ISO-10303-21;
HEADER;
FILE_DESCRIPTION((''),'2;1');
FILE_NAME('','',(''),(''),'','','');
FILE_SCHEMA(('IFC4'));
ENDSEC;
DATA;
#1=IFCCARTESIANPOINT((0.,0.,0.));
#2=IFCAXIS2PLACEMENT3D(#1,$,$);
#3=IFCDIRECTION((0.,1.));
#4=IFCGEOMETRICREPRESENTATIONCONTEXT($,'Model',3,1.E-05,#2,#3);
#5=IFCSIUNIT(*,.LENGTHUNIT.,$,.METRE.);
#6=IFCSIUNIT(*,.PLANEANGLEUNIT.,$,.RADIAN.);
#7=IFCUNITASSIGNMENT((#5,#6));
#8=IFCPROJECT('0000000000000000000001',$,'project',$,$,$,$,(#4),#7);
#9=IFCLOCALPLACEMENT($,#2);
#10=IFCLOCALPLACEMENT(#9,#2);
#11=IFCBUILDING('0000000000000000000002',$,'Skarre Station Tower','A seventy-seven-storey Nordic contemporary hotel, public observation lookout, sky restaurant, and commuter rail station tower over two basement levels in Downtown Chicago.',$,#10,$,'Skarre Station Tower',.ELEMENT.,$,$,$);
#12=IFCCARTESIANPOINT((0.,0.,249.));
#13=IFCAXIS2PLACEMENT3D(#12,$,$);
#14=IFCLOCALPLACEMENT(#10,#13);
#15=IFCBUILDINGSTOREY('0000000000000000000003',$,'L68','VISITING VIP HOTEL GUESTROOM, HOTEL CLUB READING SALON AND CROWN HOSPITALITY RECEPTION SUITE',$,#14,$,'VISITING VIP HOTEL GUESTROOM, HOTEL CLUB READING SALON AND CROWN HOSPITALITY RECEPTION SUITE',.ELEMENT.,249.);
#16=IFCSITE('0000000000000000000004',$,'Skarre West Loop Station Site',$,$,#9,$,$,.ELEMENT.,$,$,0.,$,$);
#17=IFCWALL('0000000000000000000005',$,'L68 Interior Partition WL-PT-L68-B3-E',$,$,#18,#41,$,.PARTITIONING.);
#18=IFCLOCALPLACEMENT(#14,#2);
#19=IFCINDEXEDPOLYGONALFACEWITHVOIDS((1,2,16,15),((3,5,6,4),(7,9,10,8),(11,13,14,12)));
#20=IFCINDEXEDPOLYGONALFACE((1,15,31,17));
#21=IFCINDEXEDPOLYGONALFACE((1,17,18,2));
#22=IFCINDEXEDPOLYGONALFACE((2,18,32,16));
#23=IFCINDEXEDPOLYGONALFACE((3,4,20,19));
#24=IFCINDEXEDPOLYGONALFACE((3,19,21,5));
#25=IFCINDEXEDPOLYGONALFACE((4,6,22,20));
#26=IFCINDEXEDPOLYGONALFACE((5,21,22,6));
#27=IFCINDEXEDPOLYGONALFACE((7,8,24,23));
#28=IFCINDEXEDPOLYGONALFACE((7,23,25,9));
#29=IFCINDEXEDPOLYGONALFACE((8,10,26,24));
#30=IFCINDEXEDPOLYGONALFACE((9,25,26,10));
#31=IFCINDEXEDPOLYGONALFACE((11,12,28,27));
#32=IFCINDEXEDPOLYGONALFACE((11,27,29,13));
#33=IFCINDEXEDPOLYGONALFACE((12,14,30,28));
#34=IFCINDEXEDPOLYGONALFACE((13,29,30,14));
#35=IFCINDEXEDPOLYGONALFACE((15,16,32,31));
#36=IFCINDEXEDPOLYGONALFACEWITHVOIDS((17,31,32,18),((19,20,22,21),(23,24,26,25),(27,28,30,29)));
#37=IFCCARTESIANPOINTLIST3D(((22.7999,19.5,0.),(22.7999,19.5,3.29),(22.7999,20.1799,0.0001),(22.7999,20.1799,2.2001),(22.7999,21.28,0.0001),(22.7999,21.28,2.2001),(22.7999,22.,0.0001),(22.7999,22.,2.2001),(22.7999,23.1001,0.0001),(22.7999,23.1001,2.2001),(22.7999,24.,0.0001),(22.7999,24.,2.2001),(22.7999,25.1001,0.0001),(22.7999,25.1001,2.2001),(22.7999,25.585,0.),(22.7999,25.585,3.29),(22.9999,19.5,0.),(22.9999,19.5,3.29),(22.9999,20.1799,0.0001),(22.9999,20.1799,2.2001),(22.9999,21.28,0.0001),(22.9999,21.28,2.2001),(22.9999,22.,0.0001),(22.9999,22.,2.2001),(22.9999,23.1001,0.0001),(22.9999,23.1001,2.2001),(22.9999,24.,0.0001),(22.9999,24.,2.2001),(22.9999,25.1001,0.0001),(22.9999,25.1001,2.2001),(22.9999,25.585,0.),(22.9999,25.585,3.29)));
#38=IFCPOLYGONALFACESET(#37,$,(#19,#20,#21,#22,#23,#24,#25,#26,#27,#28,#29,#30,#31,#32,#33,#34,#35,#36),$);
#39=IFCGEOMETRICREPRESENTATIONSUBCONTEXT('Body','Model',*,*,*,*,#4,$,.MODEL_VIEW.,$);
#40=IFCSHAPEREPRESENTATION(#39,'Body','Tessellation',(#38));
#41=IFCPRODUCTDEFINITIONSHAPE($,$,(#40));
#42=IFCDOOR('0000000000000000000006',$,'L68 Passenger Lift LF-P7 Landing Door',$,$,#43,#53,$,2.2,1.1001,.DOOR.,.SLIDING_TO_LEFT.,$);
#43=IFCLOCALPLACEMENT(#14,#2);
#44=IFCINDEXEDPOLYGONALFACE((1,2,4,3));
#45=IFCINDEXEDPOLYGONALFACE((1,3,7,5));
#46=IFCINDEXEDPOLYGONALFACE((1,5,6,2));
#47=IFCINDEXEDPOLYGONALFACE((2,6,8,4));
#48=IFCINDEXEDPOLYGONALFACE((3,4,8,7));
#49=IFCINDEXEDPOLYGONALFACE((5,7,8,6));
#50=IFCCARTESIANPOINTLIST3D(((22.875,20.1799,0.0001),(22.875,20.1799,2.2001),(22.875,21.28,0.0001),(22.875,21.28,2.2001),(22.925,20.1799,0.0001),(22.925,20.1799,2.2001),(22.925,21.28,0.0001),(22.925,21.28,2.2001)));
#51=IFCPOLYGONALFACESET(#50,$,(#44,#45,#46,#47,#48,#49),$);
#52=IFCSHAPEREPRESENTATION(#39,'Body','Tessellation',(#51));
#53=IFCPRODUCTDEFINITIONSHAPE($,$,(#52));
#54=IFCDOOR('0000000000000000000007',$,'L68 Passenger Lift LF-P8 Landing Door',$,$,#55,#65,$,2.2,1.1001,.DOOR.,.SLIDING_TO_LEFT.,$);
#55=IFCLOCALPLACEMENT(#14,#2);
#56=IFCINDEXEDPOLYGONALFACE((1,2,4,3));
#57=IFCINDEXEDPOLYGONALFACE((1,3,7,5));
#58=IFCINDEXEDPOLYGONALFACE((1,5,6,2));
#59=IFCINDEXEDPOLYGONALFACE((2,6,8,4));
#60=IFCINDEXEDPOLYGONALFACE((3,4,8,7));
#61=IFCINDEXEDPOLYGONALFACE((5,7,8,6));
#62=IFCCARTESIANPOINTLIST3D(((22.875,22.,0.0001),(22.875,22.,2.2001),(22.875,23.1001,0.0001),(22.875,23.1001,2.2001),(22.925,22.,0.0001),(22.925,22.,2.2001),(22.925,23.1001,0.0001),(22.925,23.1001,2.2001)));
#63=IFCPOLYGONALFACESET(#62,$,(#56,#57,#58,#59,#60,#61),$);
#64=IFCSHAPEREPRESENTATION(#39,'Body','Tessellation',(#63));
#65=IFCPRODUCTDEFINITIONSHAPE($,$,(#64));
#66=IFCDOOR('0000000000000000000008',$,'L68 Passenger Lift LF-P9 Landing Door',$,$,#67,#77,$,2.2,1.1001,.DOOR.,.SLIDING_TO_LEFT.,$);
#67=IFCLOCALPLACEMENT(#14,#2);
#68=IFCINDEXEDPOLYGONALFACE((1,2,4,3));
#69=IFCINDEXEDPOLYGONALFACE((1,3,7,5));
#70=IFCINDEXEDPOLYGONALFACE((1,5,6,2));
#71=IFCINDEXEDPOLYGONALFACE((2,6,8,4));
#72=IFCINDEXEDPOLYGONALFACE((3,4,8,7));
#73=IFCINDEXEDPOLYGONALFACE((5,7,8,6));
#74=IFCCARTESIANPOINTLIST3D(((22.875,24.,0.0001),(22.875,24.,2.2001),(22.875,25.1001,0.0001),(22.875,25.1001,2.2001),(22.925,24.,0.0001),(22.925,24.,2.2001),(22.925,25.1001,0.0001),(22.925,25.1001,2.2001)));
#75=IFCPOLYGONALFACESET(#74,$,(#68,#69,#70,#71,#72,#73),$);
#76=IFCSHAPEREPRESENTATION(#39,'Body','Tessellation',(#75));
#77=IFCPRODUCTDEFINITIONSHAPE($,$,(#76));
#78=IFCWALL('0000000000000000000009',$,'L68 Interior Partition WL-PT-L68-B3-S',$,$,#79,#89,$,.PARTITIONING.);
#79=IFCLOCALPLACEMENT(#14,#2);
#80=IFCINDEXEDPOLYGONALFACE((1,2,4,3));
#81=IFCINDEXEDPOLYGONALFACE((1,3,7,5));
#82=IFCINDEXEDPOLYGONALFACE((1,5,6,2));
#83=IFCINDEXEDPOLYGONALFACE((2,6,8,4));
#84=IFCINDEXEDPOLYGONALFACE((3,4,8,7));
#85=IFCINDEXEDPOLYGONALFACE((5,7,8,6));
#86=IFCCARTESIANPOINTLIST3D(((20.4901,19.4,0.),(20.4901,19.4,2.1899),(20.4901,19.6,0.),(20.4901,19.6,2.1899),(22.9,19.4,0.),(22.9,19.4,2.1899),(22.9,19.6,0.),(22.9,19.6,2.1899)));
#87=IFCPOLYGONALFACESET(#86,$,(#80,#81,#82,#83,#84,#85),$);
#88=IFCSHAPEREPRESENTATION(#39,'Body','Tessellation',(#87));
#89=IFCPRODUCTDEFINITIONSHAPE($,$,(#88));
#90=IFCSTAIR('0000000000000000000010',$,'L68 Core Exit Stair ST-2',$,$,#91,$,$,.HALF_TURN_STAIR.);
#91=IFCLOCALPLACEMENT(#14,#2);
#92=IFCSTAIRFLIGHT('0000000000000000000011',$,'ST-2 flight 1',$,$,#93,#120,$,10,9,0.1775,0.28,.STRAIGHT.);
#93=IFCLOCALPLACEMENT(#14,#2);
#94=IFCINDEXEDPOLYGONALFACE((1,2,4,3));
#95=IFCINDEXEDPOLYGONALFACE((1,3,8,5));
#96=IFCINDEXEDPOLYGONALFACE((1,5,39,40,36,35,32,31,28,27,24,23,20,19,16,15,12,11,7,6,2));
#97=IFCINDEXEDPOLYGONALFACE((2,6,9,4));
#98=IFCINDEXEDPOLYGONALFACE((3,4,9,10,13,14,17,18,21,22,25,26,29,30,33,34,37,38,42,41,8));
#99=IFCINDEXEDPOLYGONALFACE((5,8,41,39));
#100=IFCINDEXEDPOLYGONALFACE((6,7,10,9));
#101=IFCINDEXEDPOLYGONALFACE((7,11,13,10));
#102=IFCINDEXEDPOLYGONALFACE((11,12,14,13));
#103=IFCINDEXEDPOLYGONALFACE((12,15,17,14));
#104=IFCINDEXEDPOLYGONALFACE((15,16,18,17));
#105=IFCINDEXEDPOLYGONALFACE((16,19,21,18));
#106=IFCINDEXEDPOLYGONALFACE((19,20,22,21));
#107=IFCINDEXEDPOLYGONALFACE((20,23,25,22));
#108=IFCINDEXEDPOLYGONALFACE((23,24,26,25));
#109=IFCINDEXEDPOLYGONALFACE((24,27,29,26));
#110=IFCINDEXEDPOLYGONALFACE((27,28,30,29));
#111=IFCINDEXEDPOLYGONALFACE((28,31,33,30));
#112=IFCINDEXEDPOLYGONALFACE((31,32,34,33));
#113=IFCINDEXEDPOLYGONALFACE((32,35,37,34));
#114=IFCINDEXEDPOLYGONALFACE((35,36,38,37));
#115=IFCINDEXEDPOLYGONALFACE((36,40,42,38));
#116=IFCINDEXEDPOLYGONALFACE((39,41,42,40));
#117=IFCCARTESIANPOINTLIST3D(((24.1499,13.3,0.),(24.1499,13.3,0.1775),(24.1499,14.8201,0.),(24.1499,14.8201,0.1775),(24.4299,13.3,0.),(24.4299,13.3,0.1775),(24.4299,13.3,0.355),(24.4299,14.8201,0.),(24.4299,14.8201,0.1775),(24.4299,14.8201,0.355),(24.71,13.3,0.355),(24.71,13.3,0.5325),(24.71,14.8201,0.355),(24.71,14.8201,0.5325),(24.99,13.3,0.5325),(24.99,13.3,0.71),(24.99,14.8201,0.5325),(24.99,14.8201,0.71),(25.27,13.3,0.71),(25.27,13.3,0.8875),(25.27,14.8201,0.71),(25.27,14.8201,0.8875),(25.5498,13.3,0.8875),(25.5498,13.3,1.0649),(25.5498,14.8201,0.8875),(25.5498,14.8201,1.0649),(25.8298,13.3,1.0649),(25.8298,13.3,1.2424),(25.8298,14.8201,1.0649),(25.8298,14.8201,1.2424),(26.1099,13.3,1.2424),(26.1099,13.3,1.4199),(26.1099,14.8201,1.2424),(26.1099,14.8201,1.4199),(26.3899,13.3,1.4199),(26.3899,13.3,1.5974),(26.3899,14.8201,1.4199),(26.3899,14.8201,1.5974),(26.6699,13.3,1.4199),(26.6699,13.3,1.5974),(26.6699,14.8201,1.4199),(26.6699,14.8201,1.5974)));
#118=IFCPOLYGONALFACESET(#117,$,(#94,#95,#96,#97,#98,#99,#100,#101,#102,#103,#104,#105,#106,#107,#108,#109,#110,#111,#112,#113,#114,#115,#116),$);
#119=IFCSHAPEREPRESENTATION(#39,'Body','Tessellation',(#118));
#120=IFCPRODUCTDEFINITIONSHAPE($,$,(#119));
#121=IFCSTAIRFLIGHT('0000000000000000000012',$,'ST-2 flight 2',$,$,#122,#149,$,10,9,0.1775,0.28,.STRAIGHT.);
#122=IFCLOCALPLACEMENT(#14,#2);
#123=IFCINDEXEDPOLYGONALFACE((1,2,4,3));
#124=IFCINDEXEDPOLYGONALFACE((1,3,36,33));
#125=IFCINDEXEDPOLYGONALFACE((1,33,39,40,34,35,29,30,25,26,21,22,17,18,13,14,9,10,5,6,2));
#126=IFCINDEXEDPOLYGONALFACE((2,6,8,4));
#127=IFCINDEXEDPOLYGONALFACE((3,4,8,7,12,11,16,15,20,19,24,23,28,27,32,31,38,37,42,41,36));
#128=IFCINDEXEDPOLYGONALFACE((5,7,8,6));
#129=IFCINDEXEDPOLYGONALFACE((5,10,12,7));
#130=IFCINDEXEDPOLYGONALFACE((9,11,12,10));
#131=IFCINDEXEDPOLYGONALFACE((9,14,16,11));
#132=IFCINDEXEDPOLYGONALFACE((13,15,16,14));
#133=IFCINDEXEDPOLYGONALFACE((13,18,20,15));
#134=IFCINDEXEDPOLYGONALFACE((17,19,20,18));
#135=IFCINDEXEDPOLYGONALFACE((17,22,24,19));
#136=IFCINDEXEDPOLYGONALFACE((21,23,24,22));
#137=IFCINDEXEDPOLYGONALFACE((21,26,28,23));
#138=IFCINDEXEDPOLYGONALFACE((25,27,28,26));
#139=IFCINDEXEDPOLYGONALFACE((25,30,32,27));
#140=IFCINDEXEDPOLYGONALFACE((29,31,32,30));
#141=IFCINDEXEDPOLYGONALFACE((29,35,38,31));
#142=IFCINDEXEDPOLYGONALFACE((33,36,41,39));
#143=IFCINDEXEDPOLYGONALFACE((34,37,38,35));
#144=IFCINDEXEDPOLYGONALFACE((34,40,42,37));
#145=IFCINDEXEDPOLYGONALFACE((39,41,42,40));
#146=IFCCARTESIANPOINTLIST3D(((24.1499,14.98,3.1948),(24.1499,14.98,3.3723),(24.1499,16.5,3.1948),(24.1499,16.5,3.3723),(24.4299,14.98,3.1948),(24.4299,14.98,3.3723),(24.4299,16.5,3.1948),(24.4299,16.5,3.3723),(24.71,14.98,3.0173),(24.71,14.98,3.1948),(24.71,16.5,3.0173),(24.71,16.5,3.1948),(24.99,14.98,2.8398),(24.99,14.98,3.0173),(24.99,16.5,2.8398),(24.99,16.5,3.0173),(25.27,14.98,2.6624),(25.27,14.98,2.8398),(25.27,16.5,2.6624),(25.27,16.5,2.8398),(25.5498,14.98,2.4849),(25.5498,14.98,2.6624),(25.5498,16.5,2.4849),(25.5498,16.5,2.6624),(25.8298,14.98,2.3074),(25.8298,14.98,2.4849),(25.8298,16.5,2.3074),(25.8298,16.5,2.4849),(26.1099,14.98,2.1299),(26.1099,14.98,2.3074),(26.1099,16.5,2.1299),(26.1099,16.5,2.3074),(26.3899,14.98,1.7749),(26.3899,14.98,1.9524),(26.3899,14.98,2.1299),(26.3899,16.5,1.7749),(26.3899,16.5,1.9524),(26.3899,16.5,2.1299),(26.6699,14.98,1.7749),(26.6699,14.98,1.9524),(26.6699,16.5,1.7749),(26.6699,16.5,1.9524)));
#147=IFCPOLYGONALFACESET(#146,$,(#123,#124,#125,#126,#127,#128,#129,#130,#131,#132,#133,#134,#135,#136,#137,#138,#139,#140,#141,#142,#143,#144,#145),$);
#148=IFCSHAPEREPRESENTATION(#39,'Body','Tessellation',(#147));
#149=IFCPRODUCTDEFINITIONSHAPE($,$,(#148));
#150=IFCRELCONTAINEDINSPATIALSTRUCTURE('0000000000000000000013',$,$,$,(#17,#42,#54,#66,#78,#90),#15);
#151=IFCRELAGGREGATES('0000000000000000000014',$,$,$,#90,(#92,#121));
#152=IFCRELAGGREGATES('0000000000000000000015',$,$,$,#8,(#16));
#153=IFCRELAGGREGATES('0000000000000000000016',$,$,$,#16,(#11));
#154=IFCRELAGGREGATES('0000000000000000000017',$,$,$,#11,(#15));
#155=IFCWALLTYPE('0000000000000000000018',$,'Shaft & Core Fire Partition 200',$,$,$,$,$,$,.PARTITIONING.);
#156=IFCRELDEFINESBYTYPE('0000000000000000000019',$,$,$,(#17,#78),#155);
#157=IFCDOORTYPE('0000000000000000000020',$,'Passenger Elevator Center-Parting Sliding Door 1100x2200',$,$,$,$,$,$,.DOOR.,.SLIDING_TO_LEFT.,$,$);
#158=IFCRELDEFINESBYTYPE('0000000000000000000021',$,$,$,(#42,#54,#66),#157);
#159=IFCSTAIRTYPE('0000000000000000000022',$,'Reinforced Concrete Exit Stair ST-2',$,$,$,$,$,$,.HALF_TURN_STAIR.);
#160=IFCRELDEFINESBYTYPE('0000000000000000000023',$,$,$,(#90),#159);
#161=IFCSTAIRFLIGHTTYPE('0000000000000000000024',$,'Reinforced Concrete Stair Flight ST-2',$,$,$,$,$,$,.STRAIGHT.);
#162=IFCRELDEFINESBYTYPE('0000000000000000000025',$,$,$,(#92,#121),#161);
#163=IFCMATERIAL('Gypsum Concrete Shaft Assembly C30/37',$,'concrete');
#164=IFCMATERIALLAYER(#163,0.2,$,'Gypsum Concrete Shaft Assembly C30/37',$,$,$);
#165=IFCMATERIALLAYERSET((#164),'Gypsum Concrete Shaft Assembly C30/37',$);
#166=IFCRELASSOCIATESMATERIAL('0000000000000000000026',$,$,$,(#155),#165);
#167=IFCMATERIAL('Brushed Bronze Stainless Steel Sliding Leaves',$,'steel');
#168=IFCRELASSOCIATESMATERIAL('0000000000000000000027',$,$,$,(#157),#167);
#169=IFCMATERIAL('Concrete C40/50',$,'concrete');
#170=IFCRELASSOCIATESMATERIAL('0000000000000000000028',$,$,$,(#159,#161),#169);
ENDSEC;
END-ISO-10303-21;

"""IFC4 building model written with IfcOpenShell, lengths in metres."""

from ifc_helpers import new_model, si_unit, direction, frame, frame_2d, origin, place, context, subcontext, project, spatial, polyline, rectangle, outline, extrude, material, layer, layer_set, type_object, element, fill, aggregate, save


model = new_model("IFC4")

# Units and contexts
model_context = context("Model", 3, precision=1e-05, world=origin(), true_north=direction((0.0, 1.0)))
body_context = subcontext(model_context, "Body", "Model", "MODEL_VIEW")
ifc_project = project(units=[si_unit("LENGTHUNIT", "METRE"), si_unit("PLANEANGLEUNIT", "RADIAN")], contexts=[model_context])

# Site, building, storey
site_placement = place(None, origin())
site = spatial("IfcSite", under=ifc_project, at=site_placement, Name="Skarre West Loop Station Site", CompositionType="ELEMENT", RefElevation=0.0)
building_placement = place(site_placement, origin())
building = spatial("IfcBuilding", under=site, at=building_placement, Name="Skarre Station Tower", Description="A seventy-seven-storey Nordic contemporary hotel, public observation lookout, sky restaurant, and commuter rail station tower over two basement levels in Downtown Chicago.", LongName="Skarre Station Tower", CompositionType="ELEMENT")
storey_placement = place(building_placement, frame((0.0, 0.0, 249.0)))
storey = spatial("IfcBuildingStorey", under=building, at=storey_placement, Name="L68", Description="VISITING VIP HOTEL GUESTROOM, HOTEL CLUB READING SALON AND CROWN HOSPITALITY RECEPTION SUITE", LongName="VISITING VIP HOTEL GUESTROOM, HOTEL CLUB READING SALON AND CROWN HOSPITALITY RECEPTION SUITE", CompositionType="ELEMENT", Elevation=249.0)

# Wall, openings, doors
ifc_material_1 = material(Name="Gypsum Concrete Shaft Assembly C30/37", Category="concrete")
ifc_layer_1 = layer(ifc_material_1, 0.2, Name="Gypsum Concrete Shaft Assembly C30/37")
ifc_layer_set_1 = layer_set([ifc_layer_1], Name="Gypsum Concrete Shaft Assembly C30/37")
wall_type_1 = type_object("IfcWallType", Name="Shaft & Core Fire Partition 200", PredefinedType="PARTITIONING", material=ifc_layer_set_1)
wall_1_placement = place(storey_placement, frame((22.8999, 19.5, 0.0), z_axis=(0.0, 0.0, 1.0), x_axis=(0.0, 1.0, 0.0)))
wall_1 = element("IfcWall", 1, at=wall_1_placement, inside=storey, type_object=wall_type_1, Name="L68 Interior Partition WL-PT-L68-B3-E", PredefinedType="PARTITIONING", context=body_context, shape_type="SweptSolid", body=[
    extrude(rectangle(XDim=6.085, YDim=0.2, at=frame_2d((3.0425, 0.0))), origin(), (0.0, 0.0, 1.0), 3.29),
])
opening_1_placement = place(wall_1_placement, frame((0.6799, 0.0, 0.0)))
opening_1 = element("IfcOpeningElement", 2, at=opening_1_placement, cuts=wall_1, PredefinedType="OPENING", context=body_context, shape_type="SweptSolid", body=[
    extrude(rectangle(XDim=1.1001, YDim=2.2, at=frame_2d((0.55, 1.1001))), frame((0.0, 0.1099, 0.0), z_axis=(0.0, -1.0, 0.0), x_axis=(1.0, 0.0, 0.0)), (0.0, 0.0, 1.0), 0.22),
])
opening_2_placement = place(wall_1_placement, frame((2.5, 0.0, 0.0)))
opening_2 = element("IfcOpeningElement", 3, at=opening_2_placement, cuts=wall_1, PredefinedType="OPENING", context=body_context, shape_type="SweptSolid", body=[
    extrude(rectangle(XDim=1.1001, YDim=2.2, at=frame_2d((0.55, 1.1001))), frame((0.0, 0.1099, 0.0), z_axis=(0.0, -1.0, 0.0), x_axis=(1.0, 0.0, 0.0)), (0.0, 0.0, 1.0), 0.22),
])
opening_3_placement = place(wall_1_placement, frame((4.5, 0.0, 0.0)))
opening_3 = element("IfcOpeningElement", 4, at=opening_3_placement, cuts=wall_1, PredefinedType="OPENING", context=body_context, shape_type="SweptSolid", body=[
    extrude(rectangle(XDim=1.1001, YDim=2.2, at=frame_2d((0.55, 1.1001))), frame((0.0, 0.1099, 0.0), z_axis=(0.0, -1.0, 0.0), x_axis=(1.0, 0.0, 0.0)), (0.0, 0.0, 1.0), 0.22),
])
ifc_material_2 = material(Name="Brushed Bronze Stainless Steel Sliding Leaves", Category="steel")
door_type_1 = type_object("IfcDoorType", Name="Passenger Elevator Center-Parting Sliding Door 1100x2200", OperationType="SLIDING_TO_LEFT", PredefinedType="DOOR", material=ifc_material_2)
door_1_placement = place(opening_1_placement, origin())
door_1 = element("IfcDoor", 5, at=door_1_placement, inside=storey, type_object=door_type_1, Name="L68 Passenger Lift LF-P7 Landing Door", OperationType="SLIDING_TO_LEFT", OverallHeight=2.2, OverallWidth=1.1001, PredefinedType="DOOR", context=body_context, shape_type="SweptSolid", body=[
    extrude(rectangle(XDim=1.1001, YDim=2.2, at=frame_2d((0.55, 1.1001))), frame((0.0, 0.0249, 0.0), z_axis=(0.0, -1.0, 0.0), x_axis=(1.0, 0.0, 0.0)), (0.0, 0.0, 1.0), 0.05),
])
fill(opening_1, door_1)
door_2_placement = place(opening_2_placement, origin())
door_2 = element("IfcDoor", 6, at=door_2_placement, inside=storey, type_object=door_type_1, Name="L68 Passenger Lift LF-P8 Landing Door", OperationType="SLIDING_TO_LEFT", OverallHeight=2.2, OverallWidth=1.1001, PredefinedType="DOOR", context=body_context, shape_type="SweptSolid", body=[
    extrude(rectangle(XDim=1.1001, YDim=2.2, at=frame_2d((0.55, 1.1001))), frame((0.0, 0.0249, 0.0), z_axis=(0.0, -1.0, 0.0), x_axis=(1.0, 0.0, 0.0)), (0.0, 0.0, 1.0), 0.05),
])
fill(opening_2, door_2)
door_3_placement = place(opening_3_placement, origin())
door_3 = element("IfcDoor", 7, at=door_3_placement, inside=storey, type_object=door_type_1, Name="L68 Passenger Lift LF-P9 Landing Door", OperationType="SLIDING_TO_LEFT", OverallHeight=2.2, OverallWidth=1.1001, PredefinedType="DOOR", context=body_context, shape_type="SweptSolid", body=[
    extrude(rectangle(XDim=1.1001, YDim=2.2, at=frame_2d((0.55, 1.1001))), frame((0.0, 0.0249, 0.0), z_axis=(0.0, -1.0, 0.0), x_axis=(1.0, 0.0, 0.0)), (0.0, 0.0, 1.0), 0.05),
])
fill(opening_3, door_3)

# Wall
wall_2_placement = place(storey_placement, frame((20.49, 19.5, 0.0), z_axis=(0.0, 0.0, 1.0), x_axis=(1.0, 0.0, 0.0)))
element("IfcWall", 8, at=wall_2_placement, inside=storey, type_object=wall_type_1, Name="L68 Interior Partition WL-PT-L68-B3-S", PredefinedType="PARTITIONING", context=body_context, shape_type="SweptSolid", body=[
    extrude(rectangle(XDim=2.4099, YDim=0.2, at=frame_2d((1.2051, 0.0))), origin(), (0.0, 0.0, 1.0), 2.1899),
])

# Stair, stair flights
ifc_material_3 = material(Name="Concrete C40/50", Category="concrete")
stair_type = type_object("IfcStairType", Name="Reinforced Concrete Exit Stair ST-2", PredefinedType="HALF_TURN_STAIR", material=ifc_material_3)
stair_placement = place(storey_placement, origin())
stair = element("IfcStair", 9, at=stair_placement, inside=storey, type_object=stair_type, Name="L68 Core Exit Stair ST-2", PredefinedType="HALF_TURN_STAIR")
stair_flight_type = type_object("IfcStairFlightType", Name="Reinforced Concrete Stair Flight ST-2", PredefinedType="STRAIGHT", material=ifc_material_3)
stair_flight_1_placement = place(storey_placement, frame((24.1499, 14.0601, 0.0), z_axis=(0.0, 0.0, 1.0), x_axis=(1.0, 0.0, 0.0)))
stair_flight_1 = element("IfcStairFlight", 10, at=stair_flight_1_placement, type_object=stair_flight_type, Name="ST-2 flight 1", NumberOfRisers=10, NumberOfTreads=9, PredefinedType="STRAIGHT", RiserHeight=0.1775, TreadLength=0.28, context=body_context, shape_type="SweptSolid", body=[
    extrude(outline(polyline([(0.0, 0.0), (0.0, 0.1775), (0.28, 0.1775), (0.28, 0.355), (0.5601, 0.355), (0.5601, 0.5325), (0.8401, 0.5325), (0.8401, 0.71), (1.1201, 0.71), (1.1201, 0.8875), (1.3999, 0.8875), (1.3999, 1.0649), (1.6799, 1.0649), (1.6799, 1.2424), (1.96, 1.2424), (1.96, 1.4199), (2.24, 1.4199), (2.24, 1.5974), (2.52, 1.5974), (2.52, 1.7749), (2.52, 1.4199), (0.28, 0.0), (0.0, 0.0)])), frame((0.0, 0.76, 0.0), z_axis=(0.0, -1.0, 0.0), x_axis=(1.0, 0.0, 0.0)), (0.0, 0.0, 1.0), 1.52),
])
stair_flight_2_placement = place(storey_placement, frame((26.6699, 15.74, 1.7749), z_axis=(0.0, 0.0, 1.0), x_axis=(-1.0, 0.0, 0.0)))
stair_flight_2 = element("IfcStairFlight", 11, at=stair_flight_2_placement, type_object=stair_flight_type, Name="ST-2 flight 2", NumberOfRisers=10, NumberOfTreads=9, PredefinedType="STRAIGHT", RiserHeight=0.1775, TreadLength=0.28, context=body_context, shape_type="SweptSolid", body=[
    extrude(outline(polyline([(0.0, 0.0), (0.0, 0.1775), (0.28, 0.1775), (0.28, 0.355), (0.5601, 0.355), (0.5601, 0.5325), (0.8401, 0.5325), (0.8401, 0.71), (1.1201, 0.71), (1.1201, 0.8875), (1.3999, 0.8875), (1.3999, 1.0649), (1.6799, 1.0649), (1.6799, 1.2424), (1.96, 1.2424), (1.96, 1.4199), (2.24, 1.4199), (2.24, 1.5974), (2.52, 1.5974), (2.52, 1.7749), (2.52, 1.4199), (0.28, 0.0), (0.0, 0.0)])), frame((0.0, 0.76, 0.0), z_axis=(0.0, -1.0, 0.0), x_axis=(1.0, 0.0, 0.0)), (0.0, 0.0, 1.0), 1.52),
])
aggregate(stair, [stair_flight_1, stair_flight_2])

save(model, "model.ifc")
